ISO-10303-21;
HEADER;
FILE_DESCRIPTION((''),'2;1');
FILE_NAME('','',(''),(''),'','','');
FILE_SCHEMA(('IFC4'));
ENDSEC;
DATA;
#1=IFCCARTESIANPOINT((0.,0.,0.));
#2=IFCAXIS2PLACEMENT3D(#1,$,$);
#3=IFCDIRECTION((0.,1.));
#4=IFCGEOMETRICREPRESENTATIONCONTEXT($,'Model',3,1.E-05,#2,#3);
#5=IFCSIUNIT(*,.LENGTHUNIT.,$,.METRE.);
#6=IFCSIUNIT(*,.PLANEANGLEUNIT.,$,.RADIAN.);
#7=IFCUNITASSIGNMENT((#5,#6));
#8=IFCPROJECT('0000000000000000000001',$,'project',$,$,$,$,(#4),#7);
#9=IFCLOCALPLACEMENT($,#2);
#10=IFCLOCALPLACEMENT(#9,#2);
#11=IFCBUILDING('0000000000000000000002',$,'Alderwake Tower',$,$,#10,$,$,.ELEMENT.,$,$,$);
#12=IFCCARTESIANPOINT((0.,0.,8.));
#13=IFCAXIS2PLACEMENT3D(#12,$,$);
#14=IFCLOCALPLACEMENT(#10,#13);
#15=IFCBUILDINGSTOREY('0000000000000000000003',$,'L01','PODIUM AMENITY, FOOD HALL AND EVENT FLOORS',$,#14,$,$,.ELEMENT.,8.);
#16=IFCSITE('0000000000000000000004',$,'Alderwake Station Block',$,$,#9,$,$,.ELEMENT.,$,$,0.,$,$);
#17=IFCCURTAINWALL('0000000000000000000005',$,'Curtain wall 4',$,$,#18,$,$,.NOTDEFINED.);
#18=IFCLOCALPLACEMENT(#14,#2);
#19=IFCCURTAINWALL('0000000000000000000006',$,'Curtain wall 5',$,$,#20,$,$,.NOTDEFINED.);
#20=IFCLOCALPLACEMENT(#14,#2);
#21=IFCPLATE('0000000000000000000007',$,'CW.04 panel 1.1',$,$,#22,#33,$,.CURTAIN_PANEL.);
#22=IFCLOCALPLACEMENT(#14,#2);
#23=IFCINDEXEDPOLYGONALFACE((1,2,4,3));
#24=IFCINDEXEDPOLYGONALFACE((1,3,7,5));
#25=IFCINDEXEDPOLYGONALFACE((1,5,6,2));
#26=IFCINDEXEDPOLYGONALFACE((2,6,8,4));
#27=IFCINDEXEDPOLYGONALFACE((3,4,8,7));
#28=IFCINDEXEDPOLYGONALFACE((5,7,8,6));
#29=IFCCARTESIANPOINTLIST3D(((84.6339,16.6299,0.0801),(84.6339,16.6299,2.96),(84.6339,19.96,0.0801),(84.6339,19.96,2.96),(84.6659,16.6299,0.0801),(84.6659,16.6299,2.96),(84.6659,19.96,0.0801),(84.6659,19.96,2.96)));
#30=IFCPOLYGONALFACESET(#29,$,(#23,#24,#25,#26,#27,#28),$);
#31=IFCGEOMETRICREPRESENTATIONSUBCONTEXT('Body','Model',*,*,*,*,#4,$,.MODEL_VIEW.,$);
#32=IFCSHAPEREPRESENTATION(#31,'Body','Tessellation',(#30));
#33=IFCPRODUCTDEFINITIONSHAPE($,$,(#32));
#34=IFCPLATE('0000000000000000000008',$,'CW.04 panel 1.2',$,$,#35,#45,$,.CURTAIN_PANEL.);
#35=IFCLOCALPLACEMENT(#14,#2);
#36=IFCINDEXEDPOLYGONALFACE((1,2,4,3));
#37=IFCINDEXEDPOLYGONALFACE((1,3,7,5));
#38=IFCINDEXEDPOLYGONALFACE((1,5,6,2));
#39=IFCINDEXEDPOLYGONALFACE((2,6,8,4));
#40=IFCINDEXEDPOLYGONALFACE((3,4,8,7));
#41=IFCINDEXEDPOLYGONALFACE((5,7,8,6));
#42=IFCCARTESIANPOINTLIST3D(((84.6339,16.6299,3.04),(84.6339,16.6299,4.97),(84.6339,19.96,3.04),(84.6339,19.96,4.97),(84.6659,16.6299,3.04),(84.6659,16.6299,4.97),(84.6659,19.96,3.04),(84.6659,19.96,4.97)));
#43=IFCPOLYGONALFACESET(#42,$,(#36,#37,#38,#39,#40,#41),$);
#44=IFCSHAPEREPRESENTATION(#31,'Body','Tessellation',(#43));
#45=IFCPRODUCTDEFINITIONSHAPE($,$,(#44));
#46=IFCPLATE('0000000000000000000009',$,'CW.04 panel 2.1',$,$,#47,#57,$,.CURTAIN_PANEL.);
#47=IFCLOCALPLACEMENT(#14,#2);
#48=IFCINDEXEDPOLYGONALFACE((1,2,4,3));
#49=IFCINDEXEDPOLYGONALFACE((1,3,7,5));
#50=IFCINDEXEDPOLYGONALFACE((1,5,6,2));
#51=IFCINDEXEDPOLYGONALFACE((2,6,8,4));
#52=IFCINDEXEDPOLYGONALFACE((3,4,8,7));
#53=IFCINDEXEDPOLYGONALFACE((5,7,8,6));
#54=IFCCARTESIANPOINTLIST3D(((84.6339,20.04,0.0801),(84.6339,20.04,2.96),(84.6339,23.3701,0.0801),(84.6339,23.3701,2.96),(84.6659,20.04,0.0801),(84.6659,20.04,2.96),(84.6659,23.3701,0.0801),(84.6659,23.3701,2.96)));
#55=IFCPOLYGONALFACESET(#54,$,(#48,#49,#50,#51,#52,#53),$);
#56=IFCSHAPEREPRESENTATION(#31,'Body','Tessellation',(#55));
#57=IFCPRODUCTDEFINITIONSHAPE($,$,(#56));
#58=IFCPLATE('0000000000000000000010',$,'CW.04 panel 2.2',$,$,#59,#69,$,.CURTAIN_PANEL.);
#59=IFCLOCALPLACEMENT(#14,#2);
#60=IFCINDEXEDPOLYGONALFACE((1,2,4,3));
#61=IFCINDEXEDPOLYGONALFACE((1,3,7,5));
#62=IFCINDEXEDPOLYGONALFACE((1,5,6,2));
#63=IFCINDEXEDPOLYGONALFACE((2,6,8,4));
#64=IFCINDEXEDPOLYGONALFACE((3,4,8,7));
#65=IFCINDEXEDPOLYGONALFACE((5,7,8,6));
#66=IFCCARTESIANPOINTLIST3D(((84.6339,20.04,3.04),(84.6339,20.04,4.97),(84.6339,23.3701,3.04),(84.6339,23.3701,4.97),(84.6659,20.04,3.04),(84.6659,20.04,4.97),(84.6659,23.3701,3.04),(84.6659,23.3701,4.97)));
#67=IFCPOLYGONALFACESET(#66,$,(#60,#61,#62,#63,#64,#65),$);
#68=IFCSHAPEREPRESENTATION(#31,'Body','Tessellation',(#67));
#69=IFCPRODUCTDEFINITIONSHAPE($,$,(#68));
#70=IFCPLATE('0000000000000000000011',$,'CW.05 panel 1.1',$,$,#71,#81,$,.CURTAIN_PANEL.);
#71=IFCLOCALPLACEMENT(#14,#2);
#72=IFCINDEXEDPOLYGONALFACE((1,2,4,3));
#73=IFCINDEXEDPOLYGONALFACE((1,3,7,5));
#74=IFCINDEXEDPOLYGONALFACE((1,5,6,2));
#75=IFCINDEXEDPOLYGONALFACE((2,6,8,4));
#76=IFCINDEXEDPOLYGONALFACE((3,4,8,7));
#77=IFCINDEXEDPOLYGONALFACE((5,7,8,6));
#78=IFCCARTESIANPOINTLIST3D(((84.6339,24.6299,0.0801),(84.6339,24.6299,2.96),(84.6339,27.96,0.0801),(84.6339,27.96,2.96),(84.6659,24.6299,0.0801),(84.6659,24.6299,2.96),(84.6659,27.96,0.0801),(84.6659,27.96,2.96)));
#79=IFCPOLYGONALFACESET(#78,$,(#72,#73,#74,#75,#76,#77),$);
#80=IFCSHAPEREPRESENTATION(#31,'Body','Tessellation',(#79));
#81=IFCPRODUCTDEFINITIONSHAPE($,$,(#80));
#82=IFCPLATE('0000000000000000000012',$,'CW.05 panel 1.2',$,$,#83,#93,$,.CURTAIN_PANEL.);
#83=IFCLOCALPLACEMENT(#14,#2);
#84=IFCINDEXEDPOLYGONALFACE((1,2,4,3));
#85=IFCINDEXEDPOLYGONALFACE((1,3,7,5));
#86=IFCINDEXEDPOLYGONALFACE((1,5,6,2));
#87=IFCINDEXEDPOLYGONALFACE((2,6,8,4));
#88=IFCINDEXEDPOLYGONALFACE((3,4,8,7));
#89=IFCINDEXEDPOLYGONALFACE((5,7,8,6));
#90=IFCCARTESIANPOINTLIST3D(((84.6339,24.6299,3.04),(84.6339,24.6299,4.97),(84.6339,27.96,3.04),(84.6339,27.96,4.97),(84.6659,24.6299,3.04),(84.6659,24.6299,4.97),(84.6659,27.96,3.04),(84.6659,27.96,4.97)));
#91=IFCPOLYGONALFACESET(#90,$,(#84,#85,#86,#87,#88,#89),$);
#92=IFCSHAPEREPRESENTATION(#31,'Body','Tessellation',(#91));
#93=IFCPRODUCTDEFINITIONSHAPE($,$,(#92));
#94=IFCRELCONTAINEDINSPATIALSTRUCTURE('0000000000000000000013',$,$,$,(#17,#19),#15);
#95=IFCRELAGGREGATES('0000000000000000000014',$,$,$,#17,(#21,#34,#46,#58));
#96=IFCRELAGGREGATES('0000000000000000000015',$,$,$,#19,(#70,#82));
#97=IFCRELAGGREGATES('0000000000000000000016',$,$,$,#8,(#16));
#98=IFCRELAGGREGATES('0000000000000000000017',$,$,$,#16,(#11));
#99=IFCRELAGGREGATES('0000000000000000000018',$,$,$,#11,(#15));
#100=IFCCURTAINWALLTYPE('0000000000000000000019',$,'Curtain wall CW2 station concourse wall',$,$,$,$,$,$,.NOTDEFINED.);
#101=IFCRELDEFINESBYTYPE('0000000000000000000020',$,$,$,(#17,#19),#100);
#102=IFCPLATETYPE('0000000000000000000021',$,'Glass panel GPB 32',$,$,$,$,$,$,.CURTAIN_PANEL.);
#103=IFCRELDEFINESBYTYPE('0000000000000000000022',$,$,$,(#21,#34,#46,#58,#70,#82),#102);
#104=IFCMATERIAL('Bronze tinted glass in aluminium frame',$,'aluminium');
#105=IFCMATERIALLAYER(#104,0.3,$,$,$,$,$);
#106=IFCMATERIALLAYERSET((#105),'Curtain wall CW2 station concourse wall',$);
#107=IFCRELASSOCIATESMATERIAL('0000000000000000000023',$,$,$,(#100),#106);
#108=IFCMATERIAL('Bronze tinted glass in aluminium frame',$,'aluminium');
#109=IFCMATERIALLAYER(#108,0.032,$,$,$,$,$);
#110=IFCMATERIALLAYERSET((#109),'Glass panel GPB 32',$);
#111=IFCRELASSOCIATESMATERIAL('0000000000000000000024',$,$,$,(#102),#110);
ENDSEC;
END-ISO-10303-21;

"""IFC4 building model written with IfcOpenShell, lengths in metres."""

from ifc_helpers import new_model, si_unit, direction, frame, origin, origin_2d, place, context, subcontext, project, spatial, rectangle, extrude, material, layer, layer_set, type_object, element, aggregate, save


model = new_model("IFC4")

# Units and contexts
model_context = context("Model", 3, precision=1e-05, world=origin(), true_north=direction((0.0, 1.0)))
body_context = subcontext(model_context, "Body", "Model", "MODEL_VIEW")
ifc_project = project(units=[si_unit("LENGTHUNIT", "METRE"), si_unit("PLANEANGLEUNIT", "RADIAN")], contexts=[model_context])

# Site, building, storey
site_placement = place(None, origin())
site = spatial("IfcSite", under=ifc_project, at=site_placement, Name="Alderwake Station Block", CompositionType="ELEMENT", RefElevation=0.0)
building_placement = place(site_placement, origin())
building = spatial("IfcBuilding", under=site, at=building_placement, Name="Alderwake Tower", CompositionType="ELEMENT")
storey_placement = place(building_placement, frame((0.0, 0.0, 8.0)))
storey = spatial("IfcBuildingStorey", under=building, at=storey_placement, Name="L01", Description="PODIUM AMENITY, FOOD HALL AND EVENT FLOORS", CompositionType="ELEMENT", Elevation=8.0)

# Curtain walls
ifc_material_1 = material(Name="Bronze tinted glass in aluminium frame", Category="aluminium")
ifc_layer_1 = layer(ifc_material_1, 0.3)
ifc_layer_set_1 = layer_set([ifc_layer_1], Name="Curtain wall CW2 station concourse wall")
curtain_wall_type = type_object("IfcCurtainWallType", Name="Curtain wall CW2 station concourse wall", PredefinedType="NOTDEFINED", material=ifc_layer_set_1)
curtain_wall_1_placement = place(storey_placement, origin())
curtain_wall_1 = element("IfcCurtainWall", 1, at=curtain_wall_1_placement, inside=storey, type_object=curtain_wall_type, Name="Curtain wall 4", PredefinedType="NOTDEFINED")
curtain_wall_2_placement = place(storey_placement, origin())
curtain_wall_2 = element("IfcCurtainWall", 2, at=curtain_wall_2_placement, inside=storey, type_object=curtain_wall_type, Name="Curtain wall 5", PredefinedType="NOTDEFINED")

# Plates
ifc_material_2 = material(Name="Bronze tinted glass in aluminium frame", Category="aluminium")
ifc_layer_2 = layer(ifc_material_2, 0.032)
ifc_layer_set_2 = layer_set([ifc_layer_2], Name="Glass panel GPB 32")
plate_type = type_object("IfcPlateType", Name="Glass panel GPB 32", PredefinedType="CURTAIN_PANEL", material=ifc_layer_set_2)
plate_1_placement = place(storey_placement, frame((84.6499, 18.2949, 0.0801), z_axis=(0.0, 0.0, 1.0), x_axis=(0.0, 1.0, 0.0)))
plate_1 = element("IfcPlate", 3, at=plate_1_placement, type_object=plate_type, Name="CW.04 panel 1.1", PredefinedType="CURTAIN_PANEL", context=body_context, shape_type="SweptSolid", body=[
    extrude(rectangle(XDim=3.3301, YDim=0.032, at=origin_2d()), origin(), (0.0, 0.0, 1.0), 2.8799),
])
plate_2_placement = place(storey_placement, frame((84.6499, 18.2949, 3.04), z_axis=(0.0, 0.0, 1.0), x_axis=(0.0, 1.0, 0.0)))
plate_2 = element("IfcPlate", 4, at=plate_2_placement, type_object=plate_type, Name="CW.04 panel 1.2", PredefinedType="CURTAIN_PANEL", context=body_context, shape_type="SweptSolid", body=[
    extrude(rectangle(XDim=3.3301, YDim=0.032, at=origin_2d()), origin(), (0.0, 0.0, 1.0), 1.9299),
])
plate_3_placement = place(storey_placement, frame((84.6499, 21.7051, 0.0801), z_axis=(0.0, 0.0, 1.0), x_axis=(0.0, 1.0, 0.0)))
plate_3 = element("IfcPlate", 5, at=plate_3_placement, type_object=plate_type, Name="CW.04 panel 2.1", PredefinedType="CURTAIN_PANEL", context=body_context, shape_type="SweptSolid", body=[
    extrude(rectangle(XDim=3.3301, YDim=0.032, at=origin_2d()), origin(), (0.0, 0.0, 1.0), 2.8799),
])
plate_4_placement = place(storey_placement, frame((84.6499, 21.7051, 3.04), z_axis=(0.0, 0.0, 1.0), x_axis=(0.0, 1.0, 0.0)))
plate_4 = element("IfcPlate", 6, at=plate_4_placement, type_object=plate_type, Name="CW.04 panel 2.2", PredefinedType="CURTAIN_PANEL", context=body_context, shape_type="SweptSolid", body=[
    extrude(rectangle(XDim=3.3301, YDim=0.032, at=origin_2d()), origin(), (0.0, 0.0, 1.0), 1.9299),
])
aggregate(curtain_wall_1, [plate_1, plate_2, plate_3, plate_4])
plate_5_placement = place(storey_placement, frame((84.6499, 26.2949, 0.0801), z_axis=(0.0, 0.0, 1.0), x_axis=(0.0, 1.0, 0.0)))
plate_5 = element("IfcPlate", 7, at=plate_5_placement, type_object=plate_type, Name="CW.05 panel 1.1", PredefinedType="CURTAIN_PANEL", context=body_context, shape_type="SweptSolid", body=[
    extrude(rectangle(XDim=3.3301, YDim=0.032, at=origin_2d()), origin(), (0.0, 0.0, 1.0), 2.8799),
])
plate_6_placement = place(storey_placement, frame((84.6499, 26.2949, 3.04), z_axis=(0.0, 0.0, 1.0), x_axis=(0.0, 1.0, 0.0)))
plate_6 = element("IfcPlate", 8, at=plate_6_placement, type_object=plate_type, Name="CW.05 panel 1.2", PredefinedType="CURTAIN_PANEL", context=body_context, shape_type="SweptSolid", body=[
    extrude(rectangle(XDim=3.3301, YDim=0.032, at=origin_2d()), origin(), (0.0, 0.0, 1.0), 1.9299),
])
aggregate(curtain_wall_2, [plate_5, plate_6])

save(model, "model.ifc")
